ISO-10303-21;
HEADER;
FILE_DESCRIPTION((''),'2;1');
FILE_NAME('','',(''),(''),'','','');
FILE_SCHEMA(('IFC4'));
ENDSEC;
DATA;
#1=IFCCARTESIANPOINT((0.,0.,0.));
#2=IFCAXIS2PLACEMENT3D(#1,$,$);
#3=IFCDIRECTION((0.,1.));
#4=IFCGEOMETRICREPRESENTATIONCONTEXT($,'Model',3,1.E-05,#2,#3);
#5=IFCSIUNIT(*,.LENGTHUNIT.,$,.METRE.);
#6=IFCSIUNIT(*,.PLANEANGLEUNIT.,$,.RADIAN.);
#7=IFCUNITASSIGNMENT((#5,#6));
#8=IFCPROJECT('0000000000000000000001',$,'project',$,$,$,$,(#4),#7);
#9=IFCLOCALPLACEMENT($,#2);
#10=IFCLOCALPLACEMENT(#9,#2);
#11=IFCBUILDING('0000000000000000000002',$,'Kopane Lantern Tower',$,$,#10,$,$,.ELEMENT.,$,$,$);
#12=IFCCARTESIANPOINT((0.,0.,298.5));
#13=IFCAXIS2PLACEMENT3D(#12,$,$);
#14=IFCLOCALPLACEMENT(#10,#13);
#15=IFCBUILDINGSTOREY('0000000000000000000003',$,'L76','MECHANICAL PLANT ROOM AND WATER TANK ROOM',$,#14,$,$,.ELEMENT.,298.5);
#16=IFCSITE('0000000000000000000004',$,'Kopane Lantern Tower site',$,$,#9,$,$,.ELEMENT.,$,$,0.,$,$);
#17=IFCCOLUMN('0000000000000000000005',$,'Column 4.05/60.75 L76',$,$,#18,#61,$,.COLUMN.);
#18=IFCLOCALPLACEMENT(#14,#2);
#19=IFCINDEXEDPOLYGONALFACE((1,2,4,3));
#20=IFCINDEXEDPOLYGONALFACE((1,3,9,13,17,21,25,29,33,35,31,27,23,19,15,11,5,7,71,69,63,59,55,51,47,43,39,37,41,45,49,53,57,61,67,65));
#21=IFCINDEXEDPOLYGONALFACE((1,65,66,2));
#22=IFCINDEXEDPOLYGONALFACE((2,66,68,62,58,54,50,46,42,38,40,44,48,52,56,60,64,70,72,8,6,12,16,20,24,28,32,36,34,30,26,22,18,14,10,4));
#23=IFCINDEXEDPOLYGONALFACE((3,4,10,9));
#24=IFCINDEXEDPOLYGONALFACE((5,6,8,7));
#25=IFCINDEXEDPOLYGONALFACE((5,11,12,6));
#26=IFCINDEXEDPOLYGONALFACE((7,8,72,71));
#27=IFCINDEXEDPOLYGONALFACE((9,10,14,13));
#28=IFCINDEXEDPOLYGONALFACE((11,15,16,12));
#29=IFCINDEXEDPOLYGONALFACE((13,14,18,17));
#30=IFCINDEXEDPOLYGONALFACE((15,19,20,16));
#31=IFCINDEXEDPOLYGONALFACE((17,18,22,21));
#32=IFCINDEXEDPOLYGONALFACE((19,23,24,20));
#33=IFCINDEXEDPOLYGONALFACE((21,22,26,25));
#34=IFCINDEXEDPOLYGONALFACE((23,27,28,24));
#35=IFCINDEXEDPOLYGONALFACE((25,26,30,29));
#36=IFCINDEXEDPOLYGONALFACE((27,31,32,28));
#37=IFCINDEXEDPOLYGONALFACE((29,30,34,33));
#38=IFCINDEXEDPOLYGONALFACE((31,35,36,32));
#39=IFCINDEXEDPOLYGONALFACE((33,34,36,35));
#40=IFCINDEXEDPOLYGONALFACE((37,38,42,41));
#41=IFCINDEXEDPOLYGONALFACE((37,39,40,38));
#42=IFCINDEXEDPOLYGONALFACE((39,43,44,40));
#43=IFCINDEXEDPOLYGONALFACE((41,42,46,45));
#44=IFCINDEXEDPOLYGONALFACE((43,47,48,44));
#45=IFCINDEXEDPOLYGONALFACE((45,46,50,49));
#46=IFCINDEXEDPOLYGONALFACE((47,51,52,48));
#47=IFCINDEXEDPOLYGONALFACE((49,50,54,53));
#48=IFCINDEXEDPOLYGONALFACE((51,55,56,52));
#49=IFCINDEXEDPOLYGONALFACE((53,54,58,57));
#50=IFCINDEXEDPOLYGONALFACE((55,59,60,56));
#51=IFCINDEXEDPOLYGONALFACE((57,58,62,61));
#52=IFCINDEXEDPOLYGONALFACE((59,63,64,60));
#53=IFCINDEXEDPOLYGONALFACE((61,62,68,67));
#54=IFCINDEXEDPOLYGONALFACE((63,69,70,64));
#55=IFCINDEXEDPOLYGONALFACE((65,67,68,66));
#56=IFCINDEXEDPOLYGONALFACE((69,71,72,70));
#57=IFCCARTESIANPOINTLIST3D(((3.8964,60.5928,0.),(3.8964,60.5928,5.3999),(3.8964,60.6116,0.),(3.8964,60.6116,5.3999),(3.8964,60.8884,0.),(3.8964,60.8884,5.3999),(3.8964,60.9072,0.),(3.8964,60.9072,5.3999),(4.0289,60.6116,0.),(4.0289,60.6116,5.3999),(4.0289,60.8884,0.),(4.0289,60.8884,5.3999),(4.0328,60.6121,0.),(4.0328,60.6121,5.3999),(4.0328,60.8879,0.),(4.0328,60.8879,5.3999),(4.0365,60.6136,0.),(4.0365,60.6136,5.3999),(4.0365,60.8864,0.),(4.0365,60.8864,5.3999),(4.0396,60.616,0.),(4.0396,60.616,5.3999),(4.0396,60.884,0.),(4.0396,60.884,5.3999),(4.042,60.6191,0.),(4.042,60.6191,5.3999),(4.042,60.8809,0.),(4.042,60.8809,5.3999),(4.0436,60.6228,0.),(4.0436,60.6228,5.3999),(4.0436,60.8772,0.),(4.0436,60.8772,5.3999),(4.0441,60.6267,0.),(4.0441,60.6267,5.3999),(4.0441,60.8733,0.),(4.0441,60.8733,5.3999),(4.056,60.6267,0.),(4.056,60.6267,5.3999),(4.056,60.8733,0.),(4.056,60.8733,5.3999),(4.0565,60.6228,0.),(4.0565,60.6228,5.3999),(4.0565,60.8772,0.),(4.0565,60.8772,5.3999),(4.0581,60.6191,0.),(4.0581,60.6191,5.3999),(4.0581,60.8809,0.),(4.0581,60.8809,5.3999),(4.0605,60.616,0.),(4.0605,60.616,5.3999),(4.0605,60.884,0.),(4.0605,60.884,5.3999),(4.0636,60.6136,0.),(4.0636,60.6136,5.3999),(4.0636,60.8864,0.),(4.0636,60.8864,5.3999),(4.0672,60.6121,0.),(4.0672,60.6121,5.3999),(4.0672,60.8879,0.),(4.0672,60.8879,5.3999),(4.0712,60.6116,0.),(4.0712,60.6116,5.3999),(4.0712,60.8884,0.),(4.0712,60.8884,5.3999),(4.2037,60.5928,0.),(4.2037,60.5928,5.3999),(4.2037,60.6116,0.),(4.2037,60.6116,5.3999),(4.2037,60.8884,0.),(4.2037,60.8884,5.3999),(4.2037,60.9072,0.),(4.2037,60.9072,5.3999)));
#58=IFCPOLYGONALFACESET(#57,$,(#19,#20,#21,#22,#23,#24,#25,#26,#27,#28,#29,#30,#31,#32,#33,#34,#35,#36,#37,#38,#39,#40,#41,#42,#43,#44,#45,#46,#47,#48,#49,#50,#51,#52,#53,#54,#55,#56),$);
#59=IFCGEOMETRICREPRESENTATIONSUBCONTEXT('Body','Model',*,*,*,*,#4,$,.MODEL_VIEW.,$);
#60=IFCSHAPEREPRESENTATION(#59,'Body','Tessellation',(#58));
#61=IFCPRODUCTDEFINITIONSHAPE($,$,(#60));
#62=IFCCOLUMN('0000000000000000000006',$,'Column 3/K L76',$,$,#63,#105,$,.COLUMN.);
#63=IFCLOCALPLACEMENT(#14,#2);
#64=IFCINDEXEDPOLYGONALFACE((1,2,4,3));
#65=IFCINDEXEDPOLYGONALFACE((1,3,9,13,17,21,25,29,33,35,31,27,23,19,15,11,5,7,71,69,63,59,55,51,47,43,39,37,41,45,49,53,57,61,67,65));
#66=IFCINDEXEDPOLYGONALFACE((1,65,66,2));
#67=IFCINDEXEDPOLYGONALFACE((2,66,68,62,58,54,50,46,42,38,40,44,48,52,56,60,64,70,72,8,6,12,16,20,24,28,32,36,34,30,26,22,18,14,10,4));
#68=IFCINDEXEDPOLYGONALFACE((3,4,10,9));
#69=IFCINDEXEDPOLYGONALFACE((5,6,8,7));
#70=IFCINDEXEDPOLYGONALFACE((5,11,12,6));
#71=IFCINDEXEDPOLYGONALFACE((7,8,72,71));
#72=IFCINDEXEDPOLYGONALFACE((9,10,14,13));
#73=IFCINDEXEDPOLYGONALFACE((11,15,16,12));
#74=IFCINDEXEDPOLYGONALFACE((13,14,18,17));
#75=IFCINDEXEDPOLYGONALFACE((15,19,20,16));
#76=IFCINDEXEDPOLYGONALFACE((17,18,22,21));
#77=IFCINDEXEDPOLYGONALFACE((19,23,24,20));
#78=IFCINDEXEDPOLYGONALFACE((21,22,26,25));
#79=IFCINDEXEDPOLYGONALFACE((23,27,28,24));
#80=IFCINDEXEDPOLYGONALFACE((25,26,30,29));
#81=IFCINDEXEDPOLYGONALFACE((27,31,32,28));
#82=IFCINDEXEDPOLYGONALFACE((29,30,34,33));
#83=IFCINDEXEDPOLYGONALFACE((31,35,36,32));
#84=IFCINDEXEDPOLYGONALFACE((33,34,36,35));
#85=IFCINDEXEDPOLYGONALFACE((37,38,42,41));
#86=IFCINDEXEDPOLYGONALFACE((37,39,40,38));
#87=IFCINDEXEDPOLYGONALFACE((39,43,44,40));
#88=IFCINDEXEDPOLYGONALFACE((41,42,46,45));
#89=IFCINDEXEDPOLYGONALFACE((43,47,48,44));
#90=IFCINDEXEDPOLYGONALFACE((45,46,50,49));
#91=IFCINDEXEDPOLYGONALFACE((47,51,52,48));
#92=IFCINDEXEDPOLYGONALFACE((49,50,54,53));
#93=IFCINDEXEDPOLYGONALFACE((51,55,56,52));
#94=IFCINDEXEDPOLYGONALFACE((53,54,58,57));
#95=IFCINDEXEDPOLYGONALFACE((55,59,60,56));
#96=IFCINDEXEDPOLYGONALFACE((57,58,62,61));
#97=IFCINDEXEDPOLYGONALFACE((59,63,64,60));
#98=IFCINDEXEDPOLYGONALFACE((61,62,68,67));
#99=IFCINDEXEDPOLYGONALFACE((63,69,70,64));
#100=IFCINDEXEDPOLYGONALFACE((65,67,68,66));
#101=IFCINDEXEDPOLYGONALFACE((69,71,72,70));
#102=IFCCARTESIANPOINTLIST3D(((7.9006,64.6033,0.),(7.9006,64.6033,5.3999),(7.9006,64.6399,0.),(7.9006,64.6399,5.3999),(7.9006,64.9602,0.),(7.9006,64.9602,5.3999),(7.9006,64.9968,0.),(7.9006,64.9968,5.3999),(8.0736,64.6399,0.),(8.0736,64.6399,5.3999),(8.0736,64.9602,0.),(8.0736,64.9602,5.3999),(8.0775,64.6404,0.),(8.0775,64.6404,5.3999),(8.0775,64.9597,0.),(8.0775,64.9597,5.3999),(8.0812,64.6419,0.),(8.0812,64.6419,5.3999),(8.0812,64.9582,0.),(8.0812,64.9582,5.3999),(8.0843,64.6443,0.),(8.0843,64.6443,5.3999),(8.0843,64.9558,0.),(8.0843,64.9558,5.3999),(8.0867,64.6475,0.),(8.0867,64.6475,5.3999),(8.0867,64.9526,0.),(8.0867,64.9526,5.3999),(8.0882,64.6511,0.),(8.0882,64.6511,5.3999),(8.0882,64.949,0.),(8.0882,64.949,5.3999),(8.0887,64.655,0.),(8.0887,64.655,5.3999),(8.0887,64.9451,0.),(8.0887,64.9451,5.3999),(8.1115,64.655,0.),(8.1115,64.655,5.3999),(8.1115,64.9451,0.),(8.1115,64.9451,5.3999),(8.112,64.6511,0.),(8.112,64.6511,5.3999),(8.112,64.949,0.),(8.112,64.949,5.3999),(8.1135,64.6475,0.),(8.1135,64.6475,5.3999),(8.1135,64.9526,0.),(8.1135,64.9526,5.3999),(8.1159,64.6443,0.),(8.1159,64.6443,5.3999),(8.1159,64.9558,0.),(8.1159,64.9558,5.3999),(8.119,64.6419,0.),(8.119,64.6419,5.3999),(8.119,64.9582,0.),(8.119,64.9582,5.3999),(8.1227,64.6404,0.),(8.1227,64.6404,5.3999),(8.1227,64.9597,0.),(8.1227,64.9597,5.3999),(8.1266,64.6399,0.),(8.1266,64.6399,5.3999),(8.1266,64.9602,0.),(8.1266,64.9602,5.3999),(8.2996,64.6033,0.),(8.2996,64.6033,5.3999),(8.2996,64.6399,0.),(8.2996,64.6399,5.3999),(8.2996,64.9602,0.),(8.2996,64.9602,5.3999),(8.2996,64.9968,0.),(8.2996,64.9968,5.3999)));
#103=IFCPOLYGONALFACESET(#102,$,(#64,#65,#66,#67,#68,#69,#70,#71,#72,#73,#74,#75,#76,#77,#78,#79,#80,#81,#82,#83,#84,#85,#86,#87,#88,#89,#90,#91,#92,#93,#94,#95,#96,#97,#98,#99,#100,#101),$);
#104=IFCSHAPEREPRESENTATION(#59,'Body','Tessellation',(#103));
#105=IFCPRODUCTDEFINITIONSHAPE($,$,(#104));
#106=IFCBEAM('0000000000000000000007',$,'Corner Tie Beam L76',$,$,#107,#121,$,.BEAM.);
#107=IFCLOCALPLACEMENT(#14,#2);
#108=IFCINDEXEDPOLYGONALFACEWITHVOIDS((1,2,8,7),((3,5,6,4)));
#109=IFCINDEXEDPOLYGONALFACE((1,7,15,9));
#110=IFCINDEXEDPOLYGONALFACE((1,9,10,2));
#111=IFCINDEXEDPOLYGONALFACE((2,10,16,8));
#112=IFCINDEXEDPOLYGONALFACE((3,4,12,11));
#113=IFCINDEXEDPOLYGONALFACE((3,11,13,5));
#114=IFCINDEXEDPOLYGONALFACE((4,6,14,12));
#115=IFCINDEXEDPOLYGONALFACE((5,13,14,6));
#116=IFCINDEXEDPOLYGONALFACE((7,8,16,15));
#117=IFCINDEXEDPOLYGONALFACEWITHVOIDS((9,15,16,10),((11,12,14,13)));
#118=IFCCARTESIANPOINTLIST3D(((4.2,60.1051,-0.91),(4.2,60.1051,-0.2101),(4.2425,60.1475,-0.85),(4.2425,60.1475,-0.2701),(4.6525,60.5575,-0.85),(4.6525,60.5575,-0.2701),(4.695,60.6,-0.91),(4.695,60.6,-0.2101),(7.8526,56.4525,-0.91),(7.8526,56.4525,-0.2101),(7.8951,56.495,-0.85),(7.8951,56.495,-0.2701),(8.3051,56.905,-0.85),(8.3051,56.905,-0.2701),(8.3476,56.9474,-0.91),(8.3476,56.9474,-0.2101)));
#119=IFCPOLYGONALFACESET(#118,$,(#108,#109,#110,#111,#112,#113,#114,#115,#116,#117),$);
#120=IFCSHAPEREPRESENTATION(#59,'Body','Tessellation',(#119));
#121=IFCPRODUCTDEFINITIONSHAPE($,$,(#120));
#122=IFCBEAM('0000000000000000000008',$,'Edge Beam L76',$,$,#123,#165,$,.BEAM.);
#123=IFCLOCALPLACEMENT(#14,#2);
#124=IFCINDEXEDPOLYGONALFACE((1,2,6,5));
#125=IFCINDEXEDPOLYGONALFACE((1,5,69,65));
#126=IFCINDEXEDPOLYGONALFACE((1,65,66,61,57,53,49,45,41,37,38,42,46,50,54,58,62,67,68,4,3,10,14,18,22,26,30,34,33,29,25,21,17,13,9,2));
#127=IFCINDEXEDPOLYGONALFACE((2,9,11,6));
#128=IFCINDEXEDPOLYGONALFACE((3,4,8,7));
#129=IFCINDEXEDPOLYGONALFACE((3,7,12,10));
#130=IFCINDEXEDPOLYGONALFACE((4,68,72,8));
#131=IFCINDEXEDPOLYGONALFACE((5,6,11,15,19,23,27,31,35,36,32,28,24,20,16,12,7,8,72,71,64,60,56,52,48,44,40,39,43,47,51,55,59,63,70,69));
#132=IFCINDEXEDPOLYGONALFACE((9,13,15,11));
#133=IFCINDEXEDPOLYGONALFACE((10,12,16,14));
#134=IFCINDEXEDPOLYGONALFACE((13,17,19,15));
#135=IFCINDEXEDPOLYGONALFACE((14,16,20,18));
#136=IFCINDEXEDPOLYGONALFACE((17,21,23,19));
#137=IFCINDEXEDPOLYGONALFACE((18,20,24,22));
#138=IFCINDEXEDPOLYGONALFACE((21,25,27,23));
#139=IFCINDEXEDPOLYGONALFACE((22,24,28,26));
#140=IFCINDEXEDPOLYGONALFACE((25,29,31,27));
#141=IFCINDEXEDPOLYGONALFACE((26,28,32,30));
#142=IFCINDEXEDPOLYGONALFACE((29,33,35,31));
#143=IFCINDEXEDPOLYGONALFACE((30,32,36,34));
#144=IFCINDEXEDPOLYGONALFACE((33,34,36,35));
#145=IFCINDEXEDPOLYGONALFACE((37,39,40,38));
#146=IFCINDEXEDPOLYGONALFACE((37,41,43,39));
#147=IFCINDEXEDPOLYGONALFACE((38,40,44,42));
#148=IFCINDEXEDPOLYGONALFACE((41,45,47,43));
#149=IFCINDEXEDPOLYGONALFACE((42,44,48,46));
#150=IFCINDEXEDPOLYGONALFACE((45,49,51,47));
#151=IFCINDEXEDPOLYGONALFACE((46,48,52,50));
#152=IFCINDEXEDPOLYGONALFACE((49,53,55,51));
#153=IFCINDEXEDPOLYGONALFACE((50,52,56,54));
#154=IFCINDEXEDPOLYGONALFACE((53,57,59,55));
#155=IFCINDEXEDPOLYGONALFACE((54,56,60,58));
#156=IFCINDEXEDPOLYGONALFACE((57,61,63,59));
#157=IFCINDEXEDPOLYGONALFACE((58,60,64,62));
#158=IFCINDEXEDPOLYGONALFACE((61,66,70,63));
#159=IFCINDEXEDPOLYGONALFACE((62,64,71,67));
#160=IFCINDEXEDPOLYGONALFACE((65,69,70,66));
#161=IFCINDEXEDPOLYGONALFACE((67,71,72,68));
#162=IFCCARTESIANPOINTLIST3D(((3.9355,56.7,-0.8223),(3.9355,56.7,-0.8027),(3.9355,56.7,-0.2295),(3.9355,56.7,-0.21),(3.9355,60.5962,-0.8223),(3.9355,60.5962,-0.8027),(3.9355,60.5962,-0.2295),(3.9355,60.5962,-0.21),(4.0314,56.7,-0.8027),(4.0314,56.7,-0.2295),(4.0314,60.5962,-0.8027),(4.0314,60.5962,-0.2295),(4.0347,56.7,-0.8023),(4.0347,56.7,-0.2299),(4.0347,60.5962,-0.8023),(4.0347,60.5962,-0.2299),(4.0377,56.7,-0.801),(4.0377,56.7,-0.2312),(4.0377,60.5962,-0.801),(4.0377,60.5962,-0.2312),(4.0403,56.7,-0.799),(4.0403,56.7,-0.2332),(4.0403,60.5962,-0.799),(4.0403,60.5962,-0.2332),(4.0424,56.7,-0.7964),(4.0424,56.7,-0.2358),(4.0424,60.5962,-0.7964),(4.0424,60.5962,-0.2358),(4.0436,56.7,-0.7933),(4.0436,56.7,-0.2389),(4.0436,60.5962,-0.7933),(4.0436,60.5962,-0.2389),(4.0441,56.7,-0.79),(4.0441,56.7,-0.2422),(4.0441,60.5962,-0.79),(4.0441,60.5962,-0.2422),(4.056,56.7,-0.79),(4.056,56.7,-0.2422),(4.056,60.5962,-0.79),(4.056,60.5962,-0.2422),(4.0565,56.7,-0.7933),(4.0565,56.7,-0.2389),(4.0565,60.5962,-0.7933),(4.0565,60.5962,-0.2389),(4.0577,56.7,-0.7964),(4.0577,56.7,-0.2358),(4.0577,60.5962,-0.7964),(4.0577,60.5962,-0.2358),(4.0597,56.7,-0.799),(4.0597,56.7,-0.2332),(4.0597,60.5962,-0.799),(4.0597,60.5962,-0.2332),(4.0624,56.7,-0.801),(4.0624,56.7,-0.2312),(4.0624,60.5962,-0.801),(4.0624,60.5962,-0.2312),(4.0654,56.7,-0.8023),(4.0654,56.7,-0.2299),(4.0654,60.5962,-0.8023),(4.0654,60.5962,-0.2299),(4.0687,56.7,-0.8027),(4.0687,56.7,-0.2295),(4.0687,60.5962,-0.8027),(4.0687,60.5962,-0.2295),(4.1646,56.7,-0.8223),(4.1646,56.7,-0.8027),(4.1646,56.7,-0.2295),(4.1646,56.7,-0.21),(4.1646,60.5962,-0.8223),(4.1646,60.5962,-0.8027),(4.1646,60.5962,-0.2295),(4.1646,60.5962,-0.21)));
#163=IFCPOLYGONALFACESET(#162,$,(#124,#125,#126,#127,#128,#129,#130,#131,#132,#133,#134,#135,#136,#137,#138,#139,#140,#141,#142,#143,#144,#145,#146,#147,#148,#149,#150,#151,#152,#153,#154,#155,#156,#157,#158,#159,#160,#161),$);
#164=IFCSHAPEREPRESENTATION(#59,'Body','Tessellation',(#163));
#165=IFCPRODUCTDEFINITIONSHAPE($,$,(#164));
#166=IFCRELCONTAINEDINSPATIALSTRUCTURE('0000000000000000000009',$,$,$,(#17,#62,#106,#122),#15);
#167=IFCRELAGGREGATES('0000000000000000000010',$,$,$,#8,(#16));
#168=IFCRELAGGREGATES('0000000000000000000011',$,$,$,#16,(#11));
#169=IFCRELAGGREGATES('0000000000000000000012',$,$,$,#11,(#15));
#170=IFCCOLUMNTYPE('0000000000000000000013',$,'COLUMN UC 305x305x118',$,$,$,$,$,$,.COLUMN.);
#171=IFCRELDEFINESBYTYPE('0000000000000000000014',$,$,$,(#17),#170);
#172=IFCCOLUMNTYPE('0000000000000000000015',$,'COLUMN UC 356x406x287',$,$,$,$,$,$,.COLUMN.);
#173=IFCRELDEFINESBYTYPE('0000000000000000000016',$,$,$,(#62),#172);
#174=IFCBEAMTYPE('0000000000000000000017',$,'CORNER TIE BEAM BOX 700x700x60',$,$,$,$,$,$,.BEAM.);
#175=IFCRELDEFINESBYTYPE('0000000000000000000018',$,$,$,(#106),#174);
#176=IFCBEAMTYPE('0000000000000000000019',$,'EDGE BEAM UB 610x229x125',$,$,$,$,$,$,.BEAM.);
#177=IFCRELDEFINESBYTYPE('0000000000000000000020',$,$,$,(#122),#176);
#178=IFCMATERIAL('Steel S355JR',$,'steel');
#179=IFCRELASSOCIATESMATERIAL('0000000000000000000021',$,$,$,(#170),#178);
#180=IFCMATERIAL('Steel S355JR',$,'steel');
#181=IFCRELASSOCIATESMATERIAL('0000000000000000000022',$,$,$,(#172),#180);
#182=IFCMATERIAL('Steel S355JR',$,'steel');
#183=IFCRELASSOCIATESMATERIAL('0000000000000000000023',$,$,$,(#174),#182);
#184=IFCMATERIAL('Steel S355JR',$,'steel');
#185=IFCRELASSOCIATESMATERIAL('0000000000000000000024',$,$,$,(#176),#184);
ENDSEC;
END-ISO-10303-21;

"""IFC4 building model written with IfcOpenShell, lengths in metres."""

from ifc_helpers import new_model, si_unit, direction, frame, origin, origin_2d, place, context, subcontext, project, spatial, hollow_rectangle, i_section, extrude, material, material_profile, profile_set, type_object, element, save


model = new_model("IFC4")

# Units and contexts
model_context = context("Model", 3, precision=1e-05, world=origin(), true_north=direction((0.0, 1.0)))
body_context = subcontext(model_context, "Body", "Model", "MODEL_VIEW")
ifc_project = project(units=[si_unit("LENGTHUNIT", "METRE"), si_unit("PLANEANGLEUNIT", "RADIAN")], contexts=[model_context])

# Site, building, storey
site_placement = place(None, origin())
site = spatial("IfcSite", under=ifc_project, at=site_placement, Name="Kopane Lantern Tower site", CompositionType="ELEMENT", RefElevation=0.0)
building_placement = place(site_placement, origin())
building = spatial("IfcBuilding", under=site, at=building_placement, Name="Kopane Lantern Tower", CompositionType="ELEMENT")
storey_placement = place(building_placement, frame((0.0, 0.0, 298.5)))
storey = spatial("IfcBuildingStorey", under=building, at=storey_placement, Name="L76", Description="MECHANICAL PLANT ROOM AND WATER TANK ROOM", CompositionType="ELEMENT", Elevation=298.5)

# Columns
ifc_material_1 = material(Name="Steel S355JR", Category="steel")
ifc_material_profile_1 = material_profile(ifc_material_1, i_section(OverallWidth=0.3074, OverallDepth=0.3145, WebThickness=0.012, FlangeThickness=0.0188, FilletRadius=0.0151, at=origin_2d()), Name="UC 305x305x118")
ifc_profile_set_1 = profile_set([ifc_material_profile_1], Name="Steel S355JR")
column_type_1 = type_object("IfcColumnType", Name="COLUMN UC 305x305x118", PredefinedType="COLUMN", material=ifc_profile_set_1)
column_1_placement = place(storey_placement, frame((4.05, 60.75, 0.0), z_axis=(0.0, 0.0, 1.0), x_axis=(1.0, 0.0, 0.0)))
element("IfcColumn", 1, at=column_1_placement, inside=storey, type_object=column_type_1, Name="Column 4.05/60.75 L76", PredefinedType="COLUMN", context=body_context, shape_type="SweptSolid", body=[
    extrude(i_section(OverallWidth=0.3074, OverallDepth=0.3145, WebThickness=0.012, FlangeThickness=0.0188, FilletRadius=0.0151, at=origin_2d()), origin(), (0.0, 0.0, 1.0), 5.3999),
])
ifc_material_2 = material(Name="Steel S355JR", Category="steel")
ifc_material_profile_2 = material_profile(ifc_material_2, i_section(OverallWidth=0.3989, OverallDepth=0.3936, WebThickness=0.0227, FlangeThickness=0.0366, FilletRadius=0.0151, at=origin_2d()), Name="UC 356x406x287")
ifc_profile_set_2 = profile_set([ifc_material_profile_2], Name="Steel S355JR")
column_type_2 = type_object("IfcColumnType", Name="COLUMN UC 356x406x287", PredefinedType="COLUMN", material=ifc_profile_set_2)
column_2_placement = place(storey_placement, frame((8.1001, 64.8, 0.0), z_axis=(0.0, 0.0, 1.0), x_axis=(1.0, 0.0, 0.0)))
element("IfcColumn", 2, at=column_2_placement, inside=storey, type_object=column_type_2, Name="Column 3/K L76", PredefinedType="COLUMN", context=body_context, shape_type="SweptSolid", body=[
    extrude(i_section(OverallWidth=0.3989, OverallDepth=0.3936, WebThickness=0.0227, FlangeThickness=0.0366, FilletRadius=0.0151, at=origin_2d()), origin(), (0.0, 0.0, 1.0), 5.3999),
])

# Beams
ifc_material_3 = material(Name="Steel S355JR", Category="steel")
ifc_material_profile_3 = material_profile(ifc_material_3, hollow_rectangle(XDim=0.7, YDim=0.7, WallThickness=0.0601, at=origin_2d()), Name="BOX 700x700x60")
ifc_profile_set_3 = profile_set([ifc_material_profile_3], Name="Steel S355JR")
beam_type_1 = type_object("IfcBeamType", Name="CORNER TIE BEAM BOX 700x700x60", PredefinedType="BEAM", material=ifc_profile_set_3)
beam_1_placement = place(storey_placement, frame((4.4475, 60.3525, -0.5601), z_axis=(0.707107, -0.707107, 0.0), x_axis=(0.707107, 0.707107, 0.0)))
element("IfcBeam", 3, at=beam_1_placement, inside=storey, type_object=beam_type_1, Name="Corner Tie Beam L76", PredefinedType="BEAM", context=body_context, shape_type="SweptSolid", body=[
    extrude(hollow_rectangle(XDim=0.7, YDim=0.7, WallThickness=0.0601, at=origin_2d()), origin(), (0.0, 0.0, 1.0), 5.1655),
])
ifc_material_4 = material(Name="Steel S355JR", Category="steel")
ifc_material_profile_4 = material_profile(ifc_material_4, i_section(OverallWidth=0.229, OverallDepth=0.6123, WebThickness=0.012, FlangeThickness=0.0195, FilletRadius=0.0127, at=origin_2d()), Name="UB 610x229x125")
ifc_profile_set_4 = profile_set([ifc_material_profile_4], Name="Steel S355JR")
beam_type_2 = type_object("IfcBeamType", Name="EDGE BEAM UB 610x229x125", PredefinedType="BEAM", material=ifc_profile_set_4)
beam_2_placement = place(storey_placement, frame((4.05, 60.5962, -0.5161), z_axis=(0.0, -1.0, 0.0), x_axis=(1.0, 0.0, 0.0)))
element("IfcBeam", 4, at=beam_2_placement, inside=storey, type_object=beam_type_2, Name="Edge Beam L76", PredefinedType="BEAM", context=body_context, shape_type="SweptSolid", body=[
    extrude(i_section(OverallWidth=0.229, OverallDepth=0.6123, WebThickness=0.012, FlangeThickness=0.0195, FilletRadius=0.0127, at=origin_2d()), origin(), (0.0, 0.0, 1.0), 3.8962),
])

save(model, "model.ifc")
